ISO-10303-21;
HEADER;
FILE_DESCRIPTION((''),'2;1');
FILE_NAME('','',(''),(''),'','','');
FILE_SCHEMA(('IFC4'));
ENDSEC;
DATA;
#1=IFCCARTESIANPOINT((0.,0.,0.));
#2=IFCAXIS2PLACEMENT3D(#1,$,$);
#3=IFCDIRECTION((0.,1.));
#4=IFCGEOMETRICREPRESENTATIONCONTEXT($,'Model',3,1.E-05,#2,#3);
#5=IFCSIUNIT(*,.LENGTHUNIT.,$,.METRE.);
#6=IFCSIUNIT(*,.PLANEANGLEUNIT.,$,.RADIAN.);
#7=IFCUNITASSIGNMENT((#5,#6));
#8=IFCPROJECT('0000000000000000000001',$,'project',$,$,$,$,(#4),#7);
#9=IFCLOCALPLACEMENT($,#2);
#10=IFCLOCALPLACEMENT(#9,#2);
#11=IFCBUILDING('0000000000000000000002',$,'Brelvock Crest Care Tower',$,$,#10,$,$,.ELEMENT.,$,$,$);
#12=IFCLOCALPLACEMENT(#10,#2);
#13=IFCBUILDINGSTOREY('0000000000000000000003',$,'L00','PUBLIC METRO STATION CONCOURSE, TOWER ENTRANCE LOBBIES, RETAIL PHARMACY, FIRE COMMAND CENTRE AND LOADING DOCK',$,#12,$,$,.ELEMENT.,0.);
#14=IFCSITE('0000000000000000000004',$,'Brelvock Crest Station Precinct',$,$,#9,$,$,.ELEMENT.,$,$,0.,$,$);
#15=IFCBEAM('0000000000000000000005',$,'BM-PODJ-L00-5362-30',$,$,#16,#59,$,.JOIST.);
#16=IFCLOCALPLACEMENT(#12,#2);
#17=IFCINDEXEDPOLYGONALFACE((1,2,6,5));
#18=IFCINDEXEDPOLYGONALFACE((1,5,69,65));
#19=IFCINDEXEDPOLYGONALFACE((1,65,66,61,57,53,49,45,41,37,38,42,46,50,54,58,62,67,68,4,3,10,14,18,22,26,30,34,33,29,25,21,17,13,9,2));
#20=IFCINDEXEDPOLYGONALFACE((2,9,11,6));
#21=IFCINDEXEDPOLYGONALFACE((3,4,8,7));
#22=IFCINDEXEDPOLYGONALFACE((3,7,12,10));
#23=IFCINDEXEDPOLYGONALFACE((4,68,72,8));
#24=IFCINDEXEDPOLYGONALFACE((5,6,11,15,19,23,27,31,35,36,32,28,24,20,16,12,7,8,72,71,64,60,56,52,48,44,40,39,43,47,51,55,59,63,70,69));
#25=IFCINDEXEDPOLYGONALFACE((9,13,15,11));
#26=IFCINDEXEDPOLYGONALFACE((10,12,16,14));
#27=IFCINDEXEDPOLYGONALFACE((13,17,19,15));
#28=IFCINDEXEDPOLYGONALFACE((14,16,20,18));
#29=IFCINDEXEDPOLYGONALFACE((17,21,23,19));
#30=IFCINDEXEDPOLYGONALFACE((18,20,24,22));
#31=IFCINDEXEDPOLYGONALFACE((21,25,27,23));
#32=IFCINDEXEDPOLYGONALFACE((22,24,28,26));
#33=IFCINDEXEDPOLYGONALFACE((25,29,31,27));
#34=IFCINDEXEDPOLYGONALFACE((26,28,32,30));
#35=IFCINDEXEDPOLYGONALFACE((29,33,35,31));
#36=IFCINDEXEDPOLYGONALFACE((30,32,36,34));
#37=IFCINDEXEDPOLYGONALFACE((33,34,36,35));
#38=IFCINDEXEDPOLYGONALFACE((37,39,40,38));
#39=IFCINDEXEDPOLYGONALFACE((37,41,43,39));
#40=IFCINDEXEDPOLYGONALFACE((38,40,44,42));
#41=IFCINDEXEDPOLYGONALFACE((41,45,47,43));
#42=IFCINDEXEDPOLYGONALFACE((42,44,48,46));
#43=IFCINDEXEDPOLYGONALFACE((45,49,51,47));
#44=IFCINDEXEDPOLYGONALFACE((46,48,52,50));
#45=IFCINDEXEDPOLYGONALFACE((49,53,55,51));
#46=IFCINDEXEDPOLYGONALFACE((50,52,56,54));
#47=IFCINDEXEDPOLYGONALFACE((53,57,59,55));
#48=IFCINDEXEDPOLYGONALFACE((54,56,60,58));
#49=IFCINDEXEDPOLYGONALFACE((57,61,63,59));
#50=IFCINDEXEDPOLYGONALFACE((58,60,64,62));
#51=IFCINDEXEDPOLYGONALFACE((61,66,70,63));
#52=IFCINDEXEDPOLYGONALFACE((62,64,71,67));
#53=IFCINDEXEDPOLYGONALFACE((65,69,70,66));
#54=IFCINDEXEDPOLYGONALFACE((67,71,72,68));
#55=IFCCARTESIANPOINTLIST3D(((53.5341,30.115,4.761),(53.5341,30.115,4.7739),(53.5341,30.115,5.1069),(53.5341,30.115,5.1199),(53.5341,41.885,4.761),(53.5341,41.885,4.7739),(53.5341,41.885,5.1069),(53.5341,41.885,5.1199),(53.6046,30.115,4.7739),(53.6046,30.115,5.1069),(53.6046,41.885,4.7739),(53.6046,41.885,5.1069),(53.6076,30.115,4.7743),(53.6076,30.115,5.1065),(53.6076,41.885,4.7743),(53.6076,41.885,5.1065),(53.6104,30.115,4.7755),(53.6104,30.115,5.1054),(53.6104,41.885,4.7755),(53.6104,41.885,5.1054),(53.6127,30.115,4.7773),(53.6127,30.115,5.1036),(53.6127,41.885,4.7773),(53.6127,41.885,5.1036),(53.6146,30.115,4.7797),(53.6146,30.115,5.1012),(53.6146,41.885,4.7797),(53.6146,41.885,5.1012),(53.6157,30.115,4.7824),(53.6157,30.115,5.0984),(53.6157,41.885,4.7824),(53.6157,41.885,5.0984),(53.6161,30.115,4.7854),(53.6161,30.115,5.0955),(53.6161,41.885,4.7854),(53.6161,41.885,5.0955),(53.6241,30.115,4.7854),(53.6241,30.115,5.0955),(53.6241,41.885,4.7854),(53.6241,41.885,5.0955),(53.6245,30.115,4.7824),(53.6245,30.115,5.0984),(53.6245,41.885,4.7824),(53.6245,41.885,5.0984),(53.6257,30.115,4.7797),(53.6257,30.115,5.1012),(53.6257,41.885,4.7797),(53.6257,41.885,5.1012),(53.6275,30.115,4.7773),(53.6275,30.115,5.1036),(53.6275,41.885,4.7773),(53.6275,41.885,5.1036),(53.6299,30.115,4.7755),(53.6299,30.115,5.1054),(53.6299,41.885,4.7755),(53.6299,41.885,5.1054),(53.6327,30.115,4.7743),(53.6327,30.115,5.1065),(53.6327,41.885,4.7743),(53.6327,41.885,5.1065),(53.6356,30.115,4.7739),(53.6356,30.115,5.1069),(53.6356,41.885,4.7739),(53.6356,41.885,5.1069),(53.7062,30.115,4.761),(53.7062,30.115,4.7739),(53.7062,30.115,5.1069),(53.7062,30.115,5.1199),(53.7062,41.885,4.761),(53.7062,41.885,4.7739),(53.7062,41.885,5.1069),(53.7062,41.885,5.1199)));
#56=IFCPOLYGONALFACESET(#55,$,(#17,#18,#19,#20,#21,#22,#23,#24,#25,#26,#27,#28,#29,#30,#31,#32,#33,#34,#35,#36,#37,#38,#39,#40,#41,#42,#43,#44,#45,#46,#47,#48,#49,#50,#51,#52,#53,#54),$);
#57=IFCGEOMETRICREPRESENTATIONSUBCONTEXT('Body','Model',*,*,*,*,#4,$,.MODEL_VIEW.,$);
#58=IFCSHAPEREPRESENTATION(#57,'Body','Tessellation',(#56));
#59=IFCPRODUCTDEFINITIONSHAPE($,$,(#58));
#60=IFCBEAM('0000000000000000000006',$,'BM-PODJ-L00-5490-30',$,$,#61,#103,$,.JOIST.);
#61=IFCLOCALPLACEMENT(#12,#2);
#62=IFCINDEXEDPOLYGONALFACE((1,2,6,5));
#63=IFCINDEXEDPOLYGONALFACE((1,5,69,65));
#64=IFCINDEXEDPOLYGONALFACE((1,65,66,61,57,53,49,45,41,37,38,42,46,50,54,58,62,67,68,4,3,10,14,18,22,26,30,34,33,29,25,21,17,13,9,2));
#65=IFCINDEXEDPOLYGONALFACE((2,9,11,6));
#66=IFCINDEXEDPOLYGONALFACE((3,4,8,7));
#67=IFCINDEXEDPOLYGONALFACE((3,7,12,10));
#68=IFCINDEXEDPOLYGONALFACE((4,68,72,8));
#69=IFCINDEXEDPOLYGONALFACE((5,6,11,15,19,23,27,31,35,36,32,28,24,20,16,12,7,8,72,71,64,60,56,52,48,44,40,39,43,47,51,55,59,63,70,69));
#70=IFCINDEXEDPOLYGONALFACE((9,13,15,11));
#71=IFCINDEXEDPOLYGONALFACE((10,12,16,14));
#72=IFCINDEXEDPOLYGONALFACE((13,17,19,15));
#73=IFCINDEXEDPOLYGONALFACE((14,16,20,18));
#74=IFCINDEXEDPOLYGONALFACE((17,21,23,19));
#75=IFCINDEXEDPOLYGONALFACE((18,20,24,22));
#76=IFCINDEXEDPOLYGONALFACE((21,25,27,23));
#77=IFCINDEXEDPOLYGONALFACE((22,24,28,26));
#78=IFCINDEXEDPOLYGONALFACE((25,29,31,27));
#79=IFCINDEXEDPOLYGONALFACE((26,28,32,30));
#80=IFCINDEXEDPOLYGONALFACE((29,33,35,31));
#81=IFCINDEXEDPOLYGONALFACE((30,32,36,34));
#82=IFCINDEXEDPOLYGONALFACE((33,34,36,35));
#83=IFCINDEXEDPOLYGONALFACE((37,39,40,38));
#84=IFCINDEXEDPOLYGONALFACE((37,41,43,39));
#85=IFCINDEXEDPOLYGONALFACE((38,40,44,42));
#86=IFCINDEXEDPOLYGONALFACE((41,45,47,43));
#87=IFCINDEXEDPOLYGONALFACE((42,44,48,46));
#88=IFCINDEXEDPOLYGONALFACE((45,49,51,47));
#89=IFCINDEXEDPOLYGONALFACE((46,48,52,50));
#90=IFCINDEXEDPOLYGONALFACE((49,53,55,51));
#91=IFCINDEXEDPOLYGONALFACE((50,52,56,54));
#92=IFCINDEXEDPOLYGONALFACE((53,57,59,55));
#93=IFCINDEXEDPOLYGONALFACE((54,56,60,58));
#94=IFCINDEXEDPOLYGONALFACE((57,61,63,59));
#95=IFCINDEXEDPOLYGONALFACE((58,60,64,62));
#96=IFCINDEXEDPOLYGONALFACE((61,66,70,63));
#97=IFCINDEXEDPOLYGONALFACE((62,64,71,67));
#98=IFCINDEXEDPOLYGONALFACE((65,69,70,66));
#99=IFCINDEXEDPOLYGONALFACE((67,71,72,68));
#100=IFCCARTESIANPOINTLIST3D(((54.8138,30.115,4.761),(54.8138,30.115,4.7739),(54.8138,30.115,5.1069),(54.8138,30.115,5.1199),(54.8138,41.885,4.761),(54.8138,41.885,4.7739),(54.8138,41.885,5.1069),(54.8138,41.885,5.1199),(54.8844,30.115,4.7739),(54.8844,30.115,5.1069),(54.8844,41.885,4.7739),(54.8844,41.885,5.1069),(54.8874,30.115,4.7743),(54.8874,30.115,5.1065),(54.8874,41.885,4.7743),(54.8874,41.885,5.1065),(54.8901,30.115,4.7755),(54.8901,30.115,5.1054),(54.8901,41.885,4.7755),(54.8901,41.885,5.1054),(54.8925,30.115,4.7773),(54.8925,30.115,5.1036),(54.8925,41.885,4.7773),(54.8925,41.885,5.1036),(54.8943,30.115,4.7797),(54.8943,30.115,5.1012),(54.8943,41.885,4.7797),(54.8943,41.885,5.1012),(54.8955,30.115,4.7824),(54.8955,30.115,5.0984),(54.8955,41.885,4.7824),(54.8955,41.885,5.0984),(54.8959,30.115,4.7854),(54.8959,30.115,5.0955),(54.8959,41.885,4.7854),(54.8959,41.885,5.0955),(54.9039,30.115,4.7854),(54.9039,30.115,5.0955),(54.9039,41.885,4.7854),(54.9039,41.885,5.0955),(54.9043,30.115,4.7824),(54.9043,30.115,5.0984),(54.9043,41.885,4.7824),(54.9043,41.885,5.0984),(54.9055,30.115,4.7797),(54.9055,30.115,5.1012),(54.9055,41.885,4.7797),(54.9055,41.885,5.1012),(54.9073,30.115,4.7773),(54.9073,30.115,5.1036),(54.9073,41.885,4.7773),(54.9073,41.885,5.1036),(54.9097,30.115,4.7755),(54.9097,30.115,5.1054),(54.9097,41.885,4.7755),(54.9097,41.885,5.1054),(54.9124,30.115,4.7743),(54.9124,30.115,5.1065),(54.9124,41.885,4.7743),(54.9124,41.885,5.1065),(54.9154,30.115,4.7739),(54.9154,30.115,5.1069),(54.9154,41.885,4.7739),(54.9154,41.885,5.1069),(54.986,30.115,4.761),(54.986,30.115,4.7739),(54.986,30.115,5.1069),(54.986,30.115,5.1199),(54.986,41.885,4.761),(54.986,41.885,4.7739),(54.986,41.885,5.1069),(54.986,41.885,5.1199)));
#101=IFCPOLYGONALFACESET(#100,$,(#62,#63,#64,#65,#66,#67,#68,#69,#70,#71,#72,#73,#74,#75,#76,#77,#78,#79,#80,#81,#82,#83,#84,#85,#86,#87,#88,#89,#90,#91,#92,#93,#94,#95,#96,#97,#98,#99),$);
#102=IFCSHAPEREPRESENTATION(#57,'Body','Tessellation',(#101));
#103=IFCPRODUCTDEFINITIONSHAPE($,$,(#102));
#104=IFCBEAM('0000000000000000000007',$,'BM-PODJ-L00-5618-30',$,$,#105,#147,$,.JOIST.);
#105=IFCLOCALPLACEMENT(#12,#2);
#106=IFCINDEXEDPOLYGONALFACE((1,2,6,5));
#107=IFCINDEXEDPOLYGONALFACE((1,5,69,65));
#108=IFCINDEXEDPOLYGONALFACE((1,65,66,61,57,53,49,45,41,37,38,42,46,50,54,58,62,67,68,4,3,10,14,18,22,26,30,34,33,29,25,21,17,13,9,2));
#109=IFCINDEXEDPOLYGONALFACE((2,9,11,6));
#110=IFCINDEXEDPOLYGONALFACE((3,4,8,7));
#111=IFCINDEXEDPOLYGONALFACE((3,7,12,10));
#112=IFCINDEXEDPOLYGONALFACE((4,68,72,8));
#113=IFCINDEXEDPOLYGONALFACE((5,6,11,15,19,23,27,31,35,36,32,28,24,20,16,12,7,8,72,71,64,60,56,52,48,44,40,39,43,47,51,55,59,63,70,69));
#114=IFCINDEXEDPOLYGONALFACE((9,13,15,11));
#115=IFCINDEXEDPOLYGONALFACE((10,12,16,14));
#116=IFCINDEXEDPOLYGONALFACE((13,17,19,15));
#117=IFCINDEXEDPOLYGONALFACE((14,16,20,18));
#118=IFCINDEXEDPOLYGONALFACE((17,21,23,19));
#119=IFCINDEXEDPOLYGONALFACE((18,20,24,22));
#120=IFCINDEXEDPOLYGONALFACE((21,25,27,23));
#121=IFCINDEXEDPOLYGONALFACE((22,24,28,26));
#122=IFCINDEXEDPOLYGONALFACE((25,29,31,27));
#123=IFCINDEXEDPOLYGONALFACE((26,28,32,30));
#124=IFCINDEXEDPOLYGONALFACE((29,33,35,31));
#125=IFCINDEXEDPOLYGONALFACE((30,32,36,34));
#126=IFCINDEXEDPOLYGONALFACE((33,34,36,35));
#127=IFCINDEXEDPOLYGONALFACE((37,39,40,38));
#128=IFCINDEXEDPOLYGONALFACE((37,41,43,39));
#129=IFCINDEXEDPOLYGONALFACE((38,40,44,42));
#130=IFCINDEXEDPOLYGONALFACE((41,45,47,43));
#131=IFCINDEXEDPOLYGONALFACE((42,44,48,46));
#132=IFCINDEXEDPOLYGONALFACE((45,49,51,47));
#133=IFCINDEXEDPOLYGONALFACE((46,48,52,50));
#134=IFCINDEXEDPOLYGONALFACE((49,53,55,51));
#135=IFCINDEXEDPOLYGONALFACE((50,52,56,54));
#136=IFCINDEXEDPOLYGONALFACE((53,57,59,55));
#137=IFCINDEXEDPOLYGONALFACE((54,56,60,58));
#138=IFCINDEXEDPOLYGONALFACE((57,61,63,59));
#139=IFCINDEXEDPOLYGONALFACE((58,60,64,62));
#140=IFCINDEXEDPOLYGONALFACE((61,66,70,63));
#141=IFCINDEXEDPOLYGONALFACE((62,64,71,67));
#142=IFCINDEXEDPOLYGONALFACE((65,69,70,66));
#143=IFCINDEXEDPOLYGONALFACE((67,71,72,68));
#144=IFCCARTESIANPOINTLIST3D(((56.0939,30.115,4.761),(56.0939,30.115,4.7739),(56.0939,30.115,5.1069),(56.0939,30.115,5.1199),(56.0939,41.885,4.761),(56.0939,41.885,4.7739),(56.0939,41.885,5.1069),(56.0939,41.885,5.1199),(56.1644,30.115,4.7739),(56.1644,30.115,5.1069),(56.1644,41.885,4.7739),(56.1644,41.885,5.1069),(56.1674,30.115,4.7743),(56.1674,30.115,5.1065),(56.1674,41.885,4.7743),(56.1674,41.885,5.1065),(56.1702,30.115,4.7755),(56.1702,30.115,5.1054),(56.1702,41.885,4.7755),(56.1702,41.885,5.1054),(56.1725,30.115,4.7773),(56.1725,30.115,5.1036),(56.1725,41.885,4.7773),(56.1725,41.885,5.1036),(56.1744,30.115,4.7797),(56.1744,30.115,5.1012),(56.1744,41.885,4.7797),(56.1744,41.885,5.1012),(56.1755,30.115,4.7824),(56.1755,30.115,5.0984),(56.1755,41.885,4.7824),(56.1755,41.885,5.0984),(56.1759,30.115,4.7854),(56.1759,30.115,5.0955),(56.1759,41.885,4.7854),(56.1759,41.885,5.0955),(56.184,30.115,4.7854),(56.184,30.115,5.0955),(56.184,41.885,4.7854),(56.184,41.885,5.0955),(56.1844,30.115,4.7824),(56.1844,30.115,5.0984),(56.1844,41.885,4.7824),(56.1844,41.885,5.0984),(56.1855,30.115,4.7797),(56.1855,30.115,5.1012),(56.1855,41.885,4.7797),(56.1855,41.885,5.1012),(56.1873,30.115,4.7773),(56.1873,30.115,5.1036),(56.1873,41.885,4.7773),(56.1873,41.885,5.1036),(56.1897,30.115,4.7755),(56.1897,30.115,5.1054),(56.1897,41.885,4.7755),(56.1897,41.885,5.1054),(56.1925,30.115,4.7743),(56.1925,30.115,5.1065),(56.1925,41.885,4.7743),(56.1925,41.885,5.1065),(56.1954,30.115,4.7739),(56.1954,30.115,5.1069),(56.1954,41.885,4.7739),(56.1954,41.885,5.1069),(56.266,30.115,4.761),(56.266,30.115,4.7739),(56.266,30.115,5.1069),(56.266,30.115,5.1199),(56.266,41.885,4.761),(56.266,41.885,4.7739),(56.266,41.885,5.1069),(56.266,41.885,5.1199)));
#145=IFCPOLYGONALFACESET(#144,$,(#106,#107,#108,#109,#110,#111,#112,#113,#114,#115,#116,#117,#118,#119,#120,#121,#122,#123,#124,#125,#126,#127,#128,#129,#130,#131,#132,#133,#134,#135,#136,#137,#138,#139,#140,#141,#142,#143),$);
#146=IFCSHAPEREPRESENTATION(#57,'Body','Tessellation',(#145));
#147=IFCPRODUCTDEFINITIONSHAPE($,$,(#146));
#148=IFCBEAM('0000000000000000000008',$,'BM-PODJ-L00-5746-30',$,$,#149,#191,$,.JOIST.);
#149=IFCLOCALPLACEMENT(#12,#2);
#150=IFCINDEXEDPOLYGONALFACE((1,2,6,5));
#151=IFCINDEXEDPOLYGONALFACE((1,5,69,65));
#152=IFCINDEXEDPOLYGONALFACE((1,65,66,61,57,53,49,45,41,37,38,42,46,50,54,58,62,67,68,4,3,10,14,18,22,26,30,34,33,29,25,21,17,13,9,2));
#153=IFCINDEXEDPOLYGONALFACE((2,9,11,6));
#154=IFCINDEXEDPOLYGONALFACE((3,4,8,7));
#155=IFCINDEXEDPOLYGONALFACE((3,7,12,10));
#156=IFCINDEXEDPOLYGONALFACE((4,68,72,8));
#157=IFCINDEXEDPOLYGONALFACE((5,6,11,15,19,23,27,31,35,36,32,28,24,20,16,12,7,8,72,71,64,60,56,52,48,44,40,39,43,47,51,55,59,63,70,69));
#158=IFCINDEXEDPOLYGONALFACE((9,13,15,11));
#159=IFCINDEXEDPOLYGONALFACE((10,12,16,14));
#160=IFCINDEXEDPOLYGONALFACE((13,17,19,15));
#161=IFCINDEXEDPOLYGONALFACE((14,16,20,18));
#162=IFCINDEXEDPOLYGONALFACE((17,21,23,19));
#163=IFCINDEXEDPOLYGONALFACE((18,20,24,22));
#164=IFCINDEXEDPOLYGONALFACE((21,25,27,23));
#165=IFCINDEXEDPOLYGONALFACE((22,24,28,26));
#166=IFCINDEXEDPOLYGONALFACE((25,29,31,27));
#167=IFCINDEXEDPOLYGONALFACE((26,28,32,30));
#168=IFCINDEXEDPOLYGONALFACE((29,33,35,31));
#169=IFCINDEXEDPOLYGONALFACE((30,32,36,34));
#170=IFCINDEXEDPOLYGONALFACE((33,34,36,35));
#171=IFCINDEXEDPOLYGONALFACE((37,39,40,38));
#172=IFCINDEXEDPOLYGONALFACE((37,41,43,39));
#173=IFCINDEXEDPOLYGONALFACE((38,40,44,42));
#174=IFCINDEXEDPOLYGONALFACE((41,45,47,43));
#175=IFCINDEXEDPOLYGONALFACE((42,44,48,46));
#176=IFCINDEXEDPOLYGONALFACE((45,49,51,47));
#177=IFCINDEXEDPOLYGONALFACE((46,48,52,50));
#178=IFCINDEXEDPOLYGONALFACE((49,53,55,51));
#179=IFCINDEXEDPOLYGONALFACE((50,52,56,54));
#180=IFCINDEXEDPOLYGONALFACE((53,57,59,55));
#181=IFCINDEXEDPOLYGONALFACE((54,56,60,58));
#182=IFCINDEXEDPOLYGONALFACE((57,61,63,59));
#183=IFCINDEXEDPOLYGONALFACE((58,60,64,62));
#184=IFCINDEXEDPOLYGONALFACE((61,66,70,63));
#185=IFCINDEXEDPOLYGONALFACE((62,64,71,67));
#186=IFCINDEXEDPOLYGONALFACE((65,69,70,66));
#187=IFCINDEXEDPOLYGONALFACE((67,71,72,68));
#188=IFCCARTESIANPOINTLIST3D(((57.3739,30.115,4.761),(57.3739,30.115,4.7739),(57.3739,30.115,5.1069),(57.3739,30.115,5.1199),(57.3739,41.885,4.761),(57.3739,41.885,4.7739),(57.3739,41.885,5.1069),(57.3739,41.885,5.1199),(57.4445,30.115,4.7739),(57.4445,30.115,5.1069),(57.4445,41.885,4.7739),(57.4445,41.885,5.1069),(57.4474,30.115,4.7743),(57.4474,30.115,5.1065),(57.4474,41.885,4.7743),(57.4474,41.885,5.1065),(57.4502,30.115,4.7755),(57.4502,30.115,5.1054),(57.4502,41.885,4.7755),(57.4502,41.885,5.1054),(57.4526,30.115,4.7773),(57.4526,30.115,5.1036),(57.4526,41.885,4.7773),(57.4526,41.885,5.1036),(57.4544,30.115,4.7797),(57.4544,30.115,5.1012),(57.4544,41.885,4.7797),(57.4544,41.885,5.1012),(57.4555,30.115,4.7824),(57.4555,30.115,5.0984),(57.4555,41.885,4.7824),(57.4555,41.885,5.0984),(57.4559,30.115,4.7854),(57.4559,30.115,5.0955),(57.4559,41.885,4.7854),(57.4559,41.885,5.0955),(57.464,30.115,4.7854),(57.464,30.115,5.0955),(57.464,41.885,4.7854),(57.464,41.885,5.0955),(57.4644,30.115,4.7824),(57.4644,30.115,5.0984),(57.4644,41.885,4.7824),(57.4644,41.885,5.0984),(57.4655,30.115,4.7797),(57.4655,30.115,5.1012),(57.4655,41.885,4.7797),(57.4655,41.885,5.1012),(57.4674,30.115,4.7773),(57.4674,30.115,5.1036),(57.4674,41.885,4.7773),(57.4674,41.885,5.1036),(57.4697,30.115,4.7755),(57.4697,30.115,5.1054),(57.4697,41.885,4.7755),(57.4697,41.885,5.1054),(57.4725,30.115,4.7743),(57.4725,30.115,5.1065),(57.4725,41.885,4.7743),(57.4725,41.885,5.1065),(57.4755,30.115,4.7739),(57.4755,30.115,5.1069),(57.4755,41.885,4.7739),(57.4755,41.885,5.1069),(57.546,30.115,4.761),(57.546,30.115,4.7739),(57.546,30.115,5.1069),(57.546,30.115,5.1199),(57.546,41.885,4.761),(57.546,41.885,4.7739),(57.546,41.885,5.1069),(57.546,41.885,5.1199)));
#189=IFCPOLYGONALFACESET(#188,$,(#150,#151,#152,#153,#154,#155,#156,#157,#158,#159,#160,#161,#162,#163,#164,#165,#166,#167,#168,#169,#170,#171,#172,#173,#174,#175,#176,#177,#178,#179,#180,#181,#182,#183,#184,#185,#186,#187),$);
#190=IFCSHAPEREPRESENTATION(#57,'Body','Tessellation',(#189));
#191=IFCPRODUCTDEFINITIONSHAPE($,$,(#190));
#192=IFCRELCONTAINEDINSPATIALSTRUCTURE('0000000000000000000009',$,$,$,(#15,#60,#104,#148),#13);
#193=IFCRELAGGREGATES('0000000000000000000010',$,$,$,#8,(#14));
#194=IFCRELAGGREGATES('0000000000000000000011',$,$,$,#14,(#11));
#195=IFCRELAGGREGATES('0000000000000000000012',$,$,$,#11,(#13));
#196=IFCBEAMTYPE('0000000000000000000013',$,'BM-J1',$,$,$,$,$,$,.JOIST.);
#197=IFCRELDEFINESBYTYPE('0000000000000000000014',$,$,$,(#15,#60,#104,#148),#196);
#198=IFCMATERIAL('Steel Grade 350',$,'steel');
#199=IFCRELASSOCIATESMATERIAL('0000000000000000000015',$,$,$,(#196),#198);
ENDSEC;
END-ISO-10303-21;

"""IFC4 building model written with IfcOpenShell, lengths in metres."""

from ifc_helpers import new_model, si_unit, direction, frame, origin, origin_2d, place, context, subcontext, project, spatial, i_section, extrude, source, transform, mapped, material, material_profile, profile_set, type_object, element, save


model = new_model("IFC4")

# Units and contexts
model_context = context("Model", 3, precision=1e-05, world=origin(), true_north=direction((0.0, 1.0)))
body_context = subcontext(model_context, "Body", "Model", "MODEL_VIEW")
ifc_project = project(units=[si_unit("LENGTHUNIT", "METRE"), si_unit("PLANEANGLEUNIT", "RADIAN")], contexts=[model_context])

# Site, building, storey
site_placement = place(None, origin())
site = spatial("IfcSite", under=ifc_project, at=site_placement, Name="Brelvock Crest Station Precinct", CompositionType="ELEMENT", RefElevation=0.0)
building_placement = place(site_placement, origin())
building = spatial("IfcBuilding", under=site, at=building_placement, Name="Brelvock Crest Care Tower", CompositionType="ELEMENT")
storey_placement = place(building_placement, origin())
storey = spatial("IfcBuildingStorey", under=building, at=storey_placement, Name="L00", Description="PUBLIC METRO STATION CONCOURSE, TOWER ENTRANCE LOBBIES, RETAIL PHARMACY, FIRE COMMAND CENTRE AND LOADING DOCK", CompositionType="ELEMENT", Elevation=0.0)

# Shared definitions
ifc_material_1 = material(Name="Steel Grade 350", Category="steel")

# Beams
ifc_material_profile_1 = material_profile(ifc_material_1, i_section(OverallWidth=0.1721, OverallDepth=0.3589, WebThickness=0.0081, FlangeThickness=0.0129, FilletRadius=0.0115, at=origin_2d()), Name="360UB56.7")
ifc_profile_set_1 = profile_set([ifc_material_profile_1], Name="Steel Grade 350")
beam_type_1 = type_object("IfcBeamType", Name="BM-J1", PredefinedType="JOIST", material=ifc_profile_set_1)
shared_shape_1 = source(origin(), body_context, "Body", "SweptSolid", [
    extrude(i_section(OverallWidth=0.1721, OverallDepth=0.3589, WebThickness=0.0081, FlangeThickness=0.0129, FilletRadius=0.0115, at=origin_2d()), origin(), (0.0, 0.0, 1.0), 11.77),
])
for number, where, z_axis, x_axis, name in (
    (1, (53.6201, 30.115, 4.9404), (0.0, 1.0, 0.0), (-1.0, 0.0, 0.0), "BM-PODJ-L00-5362-30"),
    (2, (54.8999, 30.115, 4.9404), (0.0, 1.0, 0.0), (-1.0, 0.0, 0.0), "BM-PODJ-L00-5490-30"),
    (3, (56.1799, 30.115, 4.9404), (0.0, 1.0, 0.0), (-1.0, 0.0, 0.0), "BM-PODJ-L00-5618-30"),
    (4, (57.46, 30.115, 4.9404), (0.0, 1.0, 0.0), (-1.0, 0.0, 0.0), "BM-PODJ-L00-5746-30"),
):
    element("IfcBeam", number, at=place(storey_placement, frame(where, z_axis=z_axis, x_axis=x_axis)), inside=storey, type_object=beam_type_1, Name=name, PredefinedType="JOIST", context=body_context, shape_type="MappedRepresentation", body=[
        mapped(shared_shape_1, transform((0.0, 0.0, 0.0), x_axis=(1.0, 0.0, 0.0), y_axis=(0.0, 1.0, 0.0), z_axis=(0.0, 0.0, 1.0), scale=1.0)),
    ])

save(model, "model.ifc")
